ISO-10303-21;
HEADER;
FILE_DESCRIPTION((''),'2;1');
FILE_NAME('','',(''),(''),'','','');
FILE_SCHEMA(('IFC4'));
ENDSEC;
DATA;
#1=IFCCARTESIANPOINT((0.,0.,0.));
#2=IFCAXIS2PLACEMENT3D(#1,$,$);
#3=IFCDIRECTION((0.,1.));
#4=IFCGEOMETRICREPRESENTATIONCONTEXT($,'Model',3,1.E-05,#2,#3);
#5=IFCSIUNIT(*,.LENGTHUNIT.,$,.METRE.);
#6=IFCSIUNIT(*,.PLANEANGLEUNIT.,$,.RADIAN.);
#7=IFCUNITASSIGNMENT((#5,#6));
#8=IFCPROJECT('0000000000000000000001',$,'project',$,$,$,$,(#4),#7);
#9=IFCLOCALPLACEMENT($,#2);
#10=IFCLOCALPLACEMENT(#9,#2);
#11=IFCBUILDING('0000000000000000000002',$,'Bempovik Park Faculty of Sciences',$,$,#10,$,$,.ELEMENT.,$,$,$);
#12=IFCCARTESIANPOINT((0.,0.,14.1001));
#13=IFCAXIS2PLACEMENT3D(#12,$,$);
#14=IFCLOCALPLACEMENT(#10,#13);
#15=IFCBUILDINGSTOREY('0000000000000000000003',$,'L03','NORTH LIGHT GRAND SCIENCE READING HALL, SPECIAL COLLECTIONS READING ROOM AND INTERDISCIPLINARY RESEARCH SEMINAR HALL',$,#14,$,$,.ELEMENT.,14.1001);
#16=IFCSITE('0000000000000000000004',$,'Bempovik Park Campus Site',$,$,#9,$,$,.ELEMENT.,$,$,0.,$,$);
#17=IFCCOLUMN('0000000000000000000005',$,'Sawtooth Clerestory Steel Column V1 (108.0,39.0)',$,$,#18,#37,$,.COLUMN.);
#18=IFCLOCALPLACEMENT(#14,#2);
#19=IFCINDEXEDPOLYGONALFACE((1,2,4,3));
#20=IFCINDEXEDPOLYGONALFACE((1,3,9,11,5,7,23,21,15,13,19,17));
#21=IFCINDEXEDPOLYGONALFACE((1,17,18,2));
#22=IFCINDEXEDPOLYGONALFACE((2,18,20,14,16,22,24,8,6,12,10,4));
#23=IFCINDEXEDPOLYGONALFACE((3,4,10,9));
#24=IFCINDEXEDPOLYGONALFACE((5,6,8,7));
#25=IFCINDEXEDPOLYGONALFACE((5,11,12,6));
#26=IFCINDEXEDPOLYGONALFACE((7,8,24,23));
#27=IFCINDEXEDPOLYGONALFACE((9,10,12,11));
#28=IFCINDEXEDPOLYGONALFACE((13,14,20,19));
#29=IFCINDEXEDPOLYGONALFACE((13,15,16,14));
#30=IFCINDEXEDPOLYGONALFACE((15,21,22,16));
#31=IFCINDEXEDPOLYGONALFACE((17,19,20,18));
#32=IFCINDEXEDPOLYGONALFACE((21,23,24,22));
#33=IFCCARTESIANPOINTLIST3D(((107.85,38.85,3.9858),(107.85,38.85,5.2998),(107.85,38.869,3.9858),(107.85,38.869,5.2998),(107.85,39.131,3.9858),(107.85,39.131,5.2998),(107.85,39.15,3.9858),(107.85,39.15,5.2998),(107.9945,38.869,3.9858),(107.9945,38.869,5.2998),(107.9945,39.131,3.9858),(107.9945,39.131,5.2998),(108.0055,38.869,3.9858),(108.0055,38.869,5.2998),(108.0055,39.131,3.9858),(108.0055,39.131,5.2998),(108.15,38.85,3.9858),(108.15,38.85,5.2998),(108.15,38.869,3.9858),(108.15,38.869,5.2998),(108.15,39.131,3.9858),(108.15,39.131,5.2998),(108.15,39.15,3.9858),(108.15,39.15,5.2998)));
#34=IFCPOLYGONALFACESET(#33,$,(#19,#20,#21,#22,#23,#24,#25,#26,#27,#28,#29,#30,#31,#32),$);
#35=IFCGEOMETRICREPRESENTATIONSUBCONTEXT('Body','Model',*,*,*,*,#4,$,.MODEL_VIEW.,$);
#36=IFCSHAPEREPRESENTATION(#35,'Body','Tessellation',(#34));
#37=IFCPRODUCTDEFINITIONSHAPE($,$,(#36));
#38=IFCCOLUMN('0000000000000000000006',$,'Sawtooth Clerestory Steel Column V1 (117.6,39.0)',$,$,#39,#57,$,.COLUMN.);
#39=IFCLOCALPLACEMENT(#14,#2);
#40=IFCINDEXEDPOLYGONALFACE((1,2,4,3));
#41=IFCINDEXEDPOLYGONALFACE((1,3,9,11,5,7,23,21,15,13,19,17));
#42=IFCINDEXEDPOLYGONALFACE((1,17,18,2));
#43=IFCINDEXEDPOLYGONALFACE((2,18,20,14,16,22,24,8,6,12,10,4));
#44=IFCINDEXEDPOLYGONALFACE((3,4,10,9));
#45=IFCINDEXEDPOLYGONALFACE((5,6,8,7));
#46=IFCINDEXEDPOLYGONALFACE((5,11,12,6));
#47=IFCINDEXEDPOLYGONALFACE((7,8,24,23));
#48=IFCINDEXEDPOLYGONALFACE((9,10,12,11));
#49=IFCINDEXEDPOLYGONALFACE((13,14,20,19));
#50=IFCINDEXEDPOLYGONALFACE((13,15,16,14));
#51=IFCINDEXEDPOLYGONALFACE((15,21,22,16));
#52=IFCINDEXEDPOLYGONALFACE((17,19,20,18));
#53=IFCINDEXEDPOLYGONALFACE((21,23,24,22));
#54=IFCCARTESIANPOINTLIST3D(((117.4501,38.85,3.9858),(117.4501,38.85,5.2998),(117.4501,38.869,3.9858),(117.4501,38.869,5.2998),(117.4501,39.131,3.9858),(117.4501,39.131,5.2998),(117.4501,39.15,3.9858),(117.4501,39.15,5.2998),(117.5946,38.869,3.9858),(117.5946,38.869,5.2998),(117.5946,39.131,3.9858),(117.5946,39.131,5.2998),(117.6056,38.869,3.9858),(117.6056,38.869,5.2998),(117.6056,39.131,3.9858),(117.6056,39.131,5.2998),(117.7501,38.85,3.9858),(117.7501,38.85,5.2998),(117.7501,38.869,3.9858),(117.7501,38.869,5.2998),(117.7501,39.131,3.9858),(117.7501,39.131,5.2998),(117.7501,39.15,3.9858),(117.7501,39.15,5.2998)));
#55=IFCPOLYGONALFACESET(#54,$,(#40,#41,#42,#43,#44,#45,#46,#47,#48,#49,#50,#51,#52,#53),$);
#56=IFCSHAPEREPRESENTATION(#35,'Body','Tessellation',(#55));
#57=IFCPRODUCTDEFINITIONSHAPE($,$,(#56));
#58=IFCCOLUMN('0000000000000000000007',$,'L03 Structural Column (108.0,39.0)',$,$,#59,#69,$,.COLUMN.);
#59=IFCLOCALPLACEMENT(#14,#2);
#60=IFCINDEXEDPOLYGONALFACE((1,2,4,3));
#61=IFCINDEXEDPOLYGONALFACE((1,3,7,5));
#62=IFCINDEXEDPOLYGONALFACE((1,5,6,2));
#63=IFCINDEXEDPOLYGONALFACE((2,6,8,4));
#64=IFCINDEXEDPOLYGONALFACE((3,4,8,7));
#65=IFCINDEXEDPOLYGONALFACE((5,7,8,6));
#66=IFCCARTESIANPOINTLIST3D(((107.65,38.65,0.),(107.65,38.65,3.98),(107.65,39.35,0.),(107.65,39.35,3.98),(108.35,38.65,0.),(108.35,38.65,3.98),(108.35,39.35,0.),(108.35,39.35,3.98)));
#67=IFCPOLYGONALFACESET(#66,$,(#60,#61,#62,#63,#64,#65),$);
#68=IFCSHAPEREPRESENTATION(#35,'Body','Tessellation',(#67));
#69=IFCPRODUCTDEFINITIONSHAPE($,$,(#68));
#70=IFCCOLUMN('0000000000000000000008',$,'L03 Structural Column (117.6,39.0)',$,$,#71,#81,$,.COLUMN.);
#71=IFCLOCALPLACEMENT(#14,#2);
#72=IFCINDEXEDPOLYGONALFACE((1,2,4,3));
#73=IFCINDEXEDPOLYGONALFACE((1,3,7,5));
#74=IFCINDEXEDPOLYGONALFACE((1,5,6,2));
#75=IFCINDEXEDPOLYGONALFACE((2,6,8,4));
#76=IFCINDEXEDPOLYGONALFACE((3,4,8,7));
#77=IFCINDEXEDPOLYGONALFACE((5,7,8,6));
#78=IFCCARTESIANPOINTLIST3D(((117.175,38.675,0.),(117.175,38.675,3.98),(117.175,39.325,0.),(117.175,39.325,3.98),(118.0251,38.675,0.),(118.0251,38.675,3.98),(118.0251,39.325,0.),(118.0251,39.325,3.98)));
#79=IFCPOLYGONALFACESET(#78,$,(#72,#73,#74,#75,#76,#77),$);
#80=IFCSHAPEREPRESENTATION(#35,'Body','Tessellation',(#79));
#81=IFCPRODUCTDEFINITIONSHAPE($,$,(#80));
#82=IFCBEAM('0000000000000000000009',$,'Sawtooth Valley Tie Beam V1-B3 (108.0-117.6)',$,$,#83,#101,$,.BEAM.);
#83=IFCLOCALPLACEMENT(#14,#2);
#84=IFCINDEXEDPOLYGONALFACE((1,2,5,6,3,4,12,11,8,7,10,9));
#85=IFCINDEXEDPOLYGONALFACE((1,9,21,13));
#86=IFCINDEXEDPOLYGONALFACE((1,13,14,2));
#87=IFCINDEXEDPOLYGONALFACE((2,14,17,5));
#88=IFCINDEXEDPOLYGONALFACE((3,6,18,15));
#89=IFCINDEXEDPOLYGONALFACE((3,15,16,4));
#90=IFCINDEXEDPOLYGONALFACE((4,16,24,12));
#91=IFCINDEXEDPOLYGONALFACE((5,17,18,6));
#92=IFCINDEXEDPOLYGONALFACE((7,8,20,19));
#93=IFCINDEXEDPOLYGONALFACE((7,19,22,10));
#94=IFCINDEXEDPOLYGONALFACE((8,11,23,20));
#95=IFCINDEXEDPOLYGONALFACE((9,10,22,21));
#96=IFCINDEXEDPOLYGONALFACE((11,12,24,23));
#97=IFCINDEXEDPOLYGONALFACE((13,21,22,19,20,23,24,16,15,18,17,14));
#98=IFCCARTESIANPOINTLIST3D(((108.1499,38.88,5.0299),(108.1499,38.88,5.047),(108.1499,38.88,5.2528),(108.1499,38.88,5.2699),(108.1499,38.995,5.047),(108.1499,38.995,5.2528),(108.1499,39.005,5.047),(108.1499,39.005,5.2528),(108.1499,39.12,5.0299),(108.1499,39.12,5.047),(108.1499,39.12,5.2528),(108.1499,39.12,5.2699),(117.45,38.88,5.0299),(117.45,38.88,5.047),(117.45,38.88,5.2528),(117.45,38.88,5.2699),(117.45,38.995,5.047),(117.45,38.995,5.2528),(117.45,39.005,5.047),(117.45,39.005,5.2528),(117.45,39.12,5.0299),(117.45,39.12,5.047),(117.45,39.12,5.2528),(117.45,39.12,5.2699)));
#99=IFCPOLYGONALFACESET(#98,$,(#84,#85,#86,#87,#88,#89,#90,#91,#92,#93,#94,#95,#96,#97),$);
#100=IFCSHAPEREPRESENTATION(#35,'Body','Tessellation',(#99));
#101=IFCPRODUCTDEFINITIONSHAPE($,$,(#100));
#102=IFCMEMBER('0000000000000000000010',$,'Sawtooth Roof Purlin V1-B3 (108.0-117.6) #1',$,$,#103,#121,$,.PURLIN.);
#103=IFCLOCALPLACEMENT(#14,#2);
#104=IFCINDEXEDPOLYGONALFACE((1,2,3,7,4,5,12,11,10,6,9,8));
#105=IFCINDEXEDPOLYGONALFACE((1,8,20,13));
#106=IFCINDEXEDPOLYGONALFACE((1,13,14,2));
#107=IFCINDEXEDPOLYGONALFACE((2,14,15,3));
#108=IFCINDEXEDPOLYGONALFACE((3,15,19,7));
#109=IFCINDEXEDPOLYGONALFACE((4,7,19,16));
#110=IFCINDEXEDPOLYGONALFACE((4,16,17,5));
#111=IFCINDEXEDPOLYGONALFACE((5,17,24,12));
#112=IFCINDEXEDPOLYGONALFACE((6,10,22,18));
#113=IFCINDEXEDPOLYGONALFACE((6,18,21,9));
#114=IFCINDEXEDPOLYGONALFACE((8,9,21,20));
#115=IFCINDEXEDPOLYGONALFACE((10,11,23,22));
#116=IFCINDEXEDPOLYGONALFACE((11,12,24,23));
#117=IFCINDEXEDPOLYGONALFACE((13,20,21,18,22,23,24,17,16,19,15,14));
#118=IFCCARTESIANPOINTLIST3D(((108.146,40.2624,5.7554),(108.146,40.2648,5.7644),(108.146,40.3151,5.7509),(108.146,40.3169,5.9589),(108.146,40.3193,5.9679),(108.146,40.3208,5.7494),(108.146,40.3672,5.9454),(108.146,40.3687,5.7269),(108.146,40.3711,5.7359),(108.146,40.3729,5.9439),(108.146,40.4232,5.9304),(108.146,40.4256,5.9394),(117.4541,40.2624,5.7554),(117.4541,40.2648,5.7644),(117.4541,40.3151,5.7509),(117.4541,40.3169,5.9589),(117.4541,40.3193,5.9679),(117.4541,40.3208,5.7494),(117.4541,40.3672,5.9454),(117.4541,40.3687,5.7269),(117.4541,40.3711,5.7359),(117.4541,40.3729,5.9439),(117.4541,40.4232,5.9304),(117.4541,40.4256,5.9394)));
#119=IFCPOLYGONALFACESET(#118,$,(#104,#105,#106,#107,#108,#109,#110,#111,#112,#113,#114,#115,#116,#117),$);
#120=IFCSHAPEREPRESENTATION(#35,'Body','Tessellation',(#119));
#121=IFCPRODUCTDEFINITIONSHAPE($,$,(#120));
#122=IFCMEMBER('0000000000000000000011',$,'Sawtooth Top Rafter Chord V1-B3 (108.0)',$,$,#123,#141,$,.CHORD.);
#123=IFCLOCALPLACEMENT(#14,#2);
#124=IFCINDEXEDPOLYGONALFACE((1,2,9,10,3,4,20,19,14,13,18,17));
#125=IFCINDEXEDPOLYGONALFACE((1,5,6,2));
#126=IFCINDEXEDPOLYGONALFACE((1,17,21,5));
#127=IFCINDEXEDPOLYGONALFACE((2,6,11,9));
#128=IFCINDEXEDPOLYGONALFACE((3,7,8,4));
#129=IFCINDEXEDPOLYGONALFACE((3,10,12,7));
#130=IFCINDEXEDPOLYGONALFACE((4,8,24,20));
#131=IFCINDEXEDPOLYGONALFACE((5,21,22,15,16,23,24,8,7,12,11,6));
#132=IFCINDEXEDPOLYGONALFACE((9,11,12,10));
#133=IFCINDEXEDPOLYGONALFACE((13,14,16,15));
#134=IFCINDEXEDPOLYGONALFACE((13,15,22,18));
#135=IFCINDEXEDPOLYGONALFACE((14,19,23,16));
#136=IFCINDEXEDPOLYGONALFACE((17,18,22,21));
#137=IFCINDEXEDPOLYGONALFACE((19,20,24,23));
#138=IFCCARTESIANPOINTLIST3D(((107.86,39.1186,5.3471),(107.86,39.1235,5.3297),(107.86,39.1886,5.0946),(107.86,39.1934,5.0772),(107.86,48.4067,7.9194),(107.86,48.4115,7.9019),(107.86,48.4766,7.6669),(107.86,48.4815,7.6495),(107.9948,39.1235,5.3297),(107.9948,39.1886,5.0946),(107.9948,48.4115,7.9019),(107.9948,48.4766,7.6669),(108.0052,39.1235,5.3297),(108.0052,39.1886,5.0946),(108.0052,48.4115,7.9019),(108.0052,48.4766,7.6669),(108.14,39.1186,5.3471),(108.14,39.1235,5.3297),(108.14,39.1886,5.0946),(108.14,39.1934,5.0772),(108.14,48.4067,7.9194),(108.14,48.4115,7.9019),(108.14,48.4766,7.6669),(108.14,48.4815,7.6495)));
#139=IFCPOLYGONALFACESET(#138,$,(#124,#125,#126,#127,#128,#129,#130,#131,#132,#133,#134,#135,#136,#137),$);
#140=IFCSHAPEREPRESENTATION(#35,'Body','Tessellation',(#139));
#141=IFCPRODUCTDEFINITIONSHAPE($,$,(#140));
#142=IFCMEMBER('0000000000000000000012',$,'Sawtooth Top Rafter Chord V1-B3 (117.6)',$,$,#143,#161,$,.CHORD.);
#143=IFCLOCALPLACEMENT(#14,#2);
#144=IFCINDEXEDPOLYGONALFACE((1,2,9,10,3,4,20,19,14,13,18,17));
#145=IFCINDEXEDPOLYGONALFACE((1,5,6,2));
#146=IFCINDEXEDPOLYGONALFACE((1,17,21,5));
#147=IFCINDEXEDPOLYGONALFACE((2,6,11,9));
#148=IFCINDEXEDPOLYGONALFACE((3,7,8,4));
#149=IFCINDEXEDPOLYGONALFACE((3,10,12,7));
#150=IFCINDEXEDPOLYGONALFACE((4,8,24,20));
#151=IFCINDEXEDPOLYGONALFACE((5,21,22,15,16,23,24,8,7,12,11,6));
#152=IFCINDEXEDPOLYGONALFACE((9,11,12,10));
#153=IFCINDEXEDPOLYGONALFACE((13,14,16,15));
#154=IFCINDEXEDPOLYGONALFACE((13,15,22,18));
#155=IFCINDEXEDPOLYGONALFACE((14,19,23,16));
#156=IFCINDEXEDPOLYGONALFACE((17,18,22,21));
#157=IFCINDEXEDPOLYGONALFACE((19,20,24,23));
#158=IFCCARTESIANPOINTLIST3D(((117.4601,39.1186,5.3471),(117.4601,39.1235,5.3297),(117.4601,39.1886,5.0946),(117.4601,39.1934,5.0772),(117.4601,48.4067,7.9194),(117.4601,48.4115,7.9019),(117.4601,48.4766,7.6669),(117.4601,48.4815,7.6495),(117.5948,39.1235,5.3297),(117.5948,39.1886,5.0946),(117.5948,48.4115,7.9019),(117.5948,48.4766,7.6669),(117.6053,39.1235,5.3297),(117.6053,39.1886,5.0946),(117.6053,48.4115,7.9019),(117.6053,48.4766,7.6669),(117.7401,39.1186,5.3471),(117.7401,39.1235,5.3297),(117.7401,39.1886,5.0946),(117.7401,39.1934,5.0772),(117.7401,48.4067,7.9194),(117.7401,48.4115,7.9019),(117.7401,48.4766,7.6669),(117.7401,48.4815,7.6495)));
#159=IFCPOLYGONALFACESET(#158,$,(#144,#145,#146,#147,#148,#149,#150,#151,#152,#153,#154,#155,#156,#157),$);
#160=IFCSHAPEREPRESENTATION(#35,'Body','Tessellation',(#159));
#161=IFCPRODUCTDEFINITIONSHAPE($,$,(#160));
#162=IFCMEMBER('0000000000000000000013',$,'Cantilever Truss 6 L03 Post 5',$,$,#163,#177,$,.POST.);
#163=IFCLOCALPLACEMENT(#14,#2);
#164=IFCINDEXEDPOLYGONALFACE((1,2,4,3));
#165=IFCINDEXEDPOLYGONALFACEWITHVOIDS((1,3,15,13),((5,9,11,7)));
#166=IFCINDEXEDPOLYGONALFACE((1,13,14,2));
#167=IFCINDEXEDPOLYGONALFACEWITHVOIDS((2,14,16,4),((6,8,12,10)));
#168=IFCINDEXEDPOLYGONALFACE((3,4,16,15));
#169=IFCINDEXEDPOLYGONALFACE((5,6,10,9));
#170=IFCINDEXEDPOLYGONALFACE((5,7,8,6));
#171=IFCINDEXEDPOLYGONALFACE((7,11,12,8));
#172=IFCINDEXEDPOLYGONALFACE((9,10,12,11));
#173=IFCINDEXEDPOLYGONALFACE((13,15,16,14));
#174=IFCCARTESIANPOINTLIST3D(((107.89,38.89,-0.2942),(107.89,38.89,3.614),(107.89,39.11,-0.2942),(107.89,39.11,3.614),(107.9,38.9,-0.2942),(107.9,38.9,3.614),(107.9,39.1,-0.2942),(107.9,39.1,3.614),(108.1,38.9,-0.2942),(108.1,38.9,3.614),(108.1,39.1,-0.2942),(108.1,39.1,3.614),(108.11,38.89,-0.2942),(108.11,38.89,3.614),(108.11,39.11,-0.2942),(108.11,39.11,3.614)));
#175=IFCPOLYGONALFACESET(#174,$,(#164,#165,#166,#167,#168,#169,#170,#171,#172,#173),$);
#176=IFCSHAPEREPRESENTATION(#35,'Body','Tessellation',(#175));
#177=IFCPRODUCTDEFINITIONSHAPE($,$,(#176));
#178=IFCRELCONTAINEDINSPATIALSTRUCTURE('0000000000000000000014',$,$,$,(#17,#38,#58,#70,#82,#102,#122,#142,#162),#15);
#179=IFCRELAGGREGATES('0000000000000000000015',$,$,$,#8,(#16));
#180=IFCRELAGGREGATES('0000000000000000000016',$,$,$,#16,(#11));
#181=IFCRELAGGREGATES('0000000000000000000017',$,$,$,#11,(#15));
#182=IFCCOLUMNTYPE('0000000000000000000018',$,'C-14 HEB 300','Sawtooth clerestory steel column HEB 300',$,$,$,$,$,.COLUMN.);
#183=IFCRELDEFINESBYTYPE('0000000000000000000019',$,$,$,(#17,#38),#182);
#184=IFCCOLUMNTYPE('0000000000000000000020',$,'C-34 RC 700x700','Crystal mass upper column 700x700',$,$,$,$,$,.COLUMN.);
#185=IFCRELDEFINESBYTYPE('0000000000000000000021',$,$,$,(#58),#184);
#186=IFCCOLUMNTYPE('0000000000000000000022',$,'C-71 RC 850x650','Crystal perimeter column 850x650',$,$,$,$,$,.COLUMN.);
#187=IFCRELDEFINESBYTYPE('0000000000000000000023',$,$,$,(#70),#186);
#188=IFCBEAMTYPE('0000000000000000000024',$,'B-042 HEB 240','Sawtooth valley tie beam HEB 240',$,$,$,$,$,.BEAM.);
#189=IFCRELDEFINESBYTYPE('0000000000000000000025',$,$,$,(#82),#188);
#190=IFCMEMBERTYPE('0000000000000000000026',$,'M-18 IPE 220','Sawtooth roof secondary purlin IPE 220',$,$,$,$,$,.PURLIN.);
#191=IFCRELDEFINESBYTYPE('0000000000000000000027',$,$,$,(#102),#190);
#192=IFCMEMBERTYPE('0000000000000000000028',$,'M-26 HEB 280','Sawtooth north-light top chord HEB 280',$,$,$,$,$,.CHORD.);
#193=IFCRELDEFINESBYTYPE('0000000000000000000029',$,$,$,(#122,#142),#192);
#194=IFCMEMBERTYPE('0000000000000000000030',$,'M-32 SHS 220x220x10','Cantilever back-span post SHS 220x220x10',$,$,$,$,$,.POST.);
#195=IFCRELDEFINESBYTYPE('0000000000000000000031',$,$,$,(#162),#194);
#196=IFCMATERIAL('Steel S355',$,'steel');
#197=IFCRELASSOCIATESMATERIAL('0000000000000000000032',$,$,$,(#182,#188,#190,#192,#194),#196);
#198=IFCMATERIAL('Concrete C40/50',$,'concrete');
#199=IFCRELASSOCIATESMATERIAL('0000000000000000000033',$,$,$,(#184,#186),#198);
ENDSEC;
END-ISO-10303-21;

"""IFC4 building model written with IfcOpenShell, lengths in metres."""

from ifc_helpers import new_model, si_unit, direction, frame, origin, origin_2d, place, context, subcontext, project, spatial, rectangle, hollow_rectangle, i_section, extrude, material, material_profile, profile_set, type_object, element, save


model = new_model("IFC4")

# Units and contexts
model_context = context("Model", 3, precision=1e-05, world=origin(), true_north=direction((0.0, 1.0)))
body_context = subcontext(model_context, "Body", "Model", "MODEL_VIEW")
ifc_project = project(units=[si_unit("LENGTHUNIT", "METRE"), si_unit("PLANEANGLEUNIT", "RADIAN")], contexts=[model_context])

# Site, building, storey
site_placement = place(None, origin())
site = spatial("IfcSite", under=ifc_project, at=site_placement, Name="Bempovik Park Campus Site", CompositionType="ELEMENT", RefElevation=0.0)
building_placement = place(site_placement, origin())
building = spatial("IfcBuilding", under=site, at=building_placement, Name="Bempovik Park Faculty of Sciences", CompositionType="ELEMENT")
storey_placement = place(building_placement, frame((0.0, 0.0, 14.1001)))
storey = spatial("IfcBuildingStorey", under=building, at=storey_placement, Name="L03", Description="NORTH LIGHT GRAND SCIENCE READING HALL, SPECIAL COLLECTIONS READING ROOM AND INTERDISCIPLINARY RESEARCH SEMINAR HALL", CompositionType="ELEMENT", Elevation=14.1001)

# Columns
ifc_material_1 = material(Name="Steel S355", Category="steel")
ifc_material_profile_1 = material_profile(ifc_material_1, i_section(OverallWidth=0.3, OverallDepth=0.3, WebThickness=0.011, FlangeThickness=0.019, at=origin_2d()), Name="HEB 300")
ifc_profile_set_1 = profile_set([ifc_material_profile_1], Name="Steel S355")
column_type_1 = type_object("IfcColumnType", Name="C-14 HEB 300", Description="Sawtooth clerestory steel column HEB 300", PredefinedType="COLUMN", material=ifc_profile_set_1)
for number, where, z_axis, x_axis, name in (
    (1, (108.0, 39.0, 3.9858), (0.0, 0.0, 1.0), (1.0, 0.0, 0.0), "Sawtooth Clerestory Steel Column V1 (108.0,39.0)"),
    (2, (117.6001, 39.0, 3.9858), (0.0, 0.0, 1.0), (1.0, 0.0, 0.0), "Sawtooth Clerestory Steel Column V1 (117.6,39.0)"),
):
    element("IfcColumn", number, at=place(storey_placement, frame(where, z_axis=z_axis, x_axis=x_axis)), inside=storey, type_object=column_type_1, Name=name, PredefinedType="COLUMN", context=body_context, shape_type="SweptSolid", body=[
        extrude(i_section(OverallWidth=0.3, OverallDepth=0.3, WebThickness=0.011, FlangeThickness=0.019, at=origin_2d()), origin(), (0.0, 0.0, 1.0), 1.314),
    ])
ifc_material_2 = material(Name="Concrete C40/50", Category="concrete")
ifc_material_profile_2 = material_profile(ifc_material_2, rectangle(XDim=0.7, YDim=0.7, at=origin_2d()), Name="RC 700x700")
ifc_profile_set_2 = profile_set([ifc_material_profile_2], Name="Concrete C40/50")
column_type_2 = type_object("IfcColumnType", Name="C-34 RC 700x700", Description="Crystal mass upper column 700x700", PredefinedType="COLUMN", material=ifc_profile_set_2)
column_1_placement = place(storey_placement, frame((108.0, 39.0, 0.0), z_axis=(0.0, 0.0, 1.0), x_axis=(1.0, 0.0, 0.0)))
element("IfcColumn", 3, at=column_1_placement, inside=storey, type_object=column_type_2, Name="L03 Structural Column (108.0,39.0)", PredefinedType="COLUMN", context=body_context, shape_type="SweptSolid", body=[
    extrude(rectangle(XDim=0.7, YDim=0.7, at=origin_2d()), origin(), (0.0, 0.0, 1.0), 3.98),
])
ifc_material_profile_3 = material_profile(ifc_material_2, rectangle(XDim=0.8501, YDim=0.6499, at=origin_2d()), Name="RC 850x650")
ifc_profile_set_3 = profile_set([ifc_material_profile_3], Name="Concrete C40/50")
column_type_3 = type_object("IfcColumnType", Name="C-71 RC 850x650", Description="Crystal perimeter column 850x650", PredefinedType="COLUMN", material=ifc_profile_set_3)
column_2_placement = place(storey_placement, frame((117.6001, 39.0, 0.0), z_axis=(0.0, 0.0, 1.0), x_axis=(1.0, 0.0, 0.0)))
element("IfcColumn", 4, at=column_2_placement, inside=storey, type_object=column_type_3, Name="L03 Structural Column (117.6,39.0)", PredefinedType="COLUMN", context=body_context, shape_type="SweptSolid", body=[
    extrude(rectangle(XDim=0.8501, YDim=0.6499, at=origin_2d()), origin(), (0.0, 0.0, 1.0), 3.98),
])

# Beam
ifc_material_profile_4 = material_profile(ifc_material_1, i_section(OverallWidth=0.24, OverallDepth=0.24, WebThickness=0.01, FlangeThickness=0.0171, at=origin_2d()), Name="HEB 240")
ifc_profile_set_4 = profile_set([ifc_material_profile_4], Name="Steel S355")
beam_type = type_object("IfcBeamType", Name="B-042 HEB 240", Description="Sawtooth valley tie beam HEB 240", PredefinedType="BEAM", material=ifc_profile_set_4)
beam_placement = place(storey_placement, frame((108.1499, 39.0, 5.1499), z_axis=(1.0, 0.0, 0.0), x_axis=(0.0, 1.0, 0.0)))
element("IfcBeam", 5, at=beam_placement, inside=storey, type_object=beam_type, Name="Sawtooth Valley Tie Beam V1-B3 (108.0-117.6)", PredefinedType="BEAM", context=body_context, shape_type="SweptSolid", body=[
    extrude(i_section(OverallWidth=0.24, OverallDepth=0.24, WebThickness=0.01, FlangeThickness=0.0171, at=origin_2d()), origin(), (0.0, 0.0, 1.0), 9.3),
])

# Members
ifc_material_profile_5 = material_profile(ifc_material_1, i_section(OverallWidth=0.1101, OverallDepth=0.22, WebThickness=0.0059, FlangeThickness=0.0093, at=origin_2d()), Name="IPE 220")
ifc_profile_set_5 = profile_set([ifc_material_profile_5], Name="Steel S355")
member_type_1 = type_object("IfcMemberType", Name="M-18 IPE 220", Description="Sawtooth roof secondary purlin IPE 220", PredefinedType="PURLIN", material=ifc_profile_set_5)
member_1_placement = place(storey_placement, frame((108.146, 40.344, 5.8474), z_axis=(1.0, 0.0, 0.0), x_axis=(0.0, 0.965926, -0.258819)))
element("IfcMember", 6, at=member_1_placement, inside=storey, type_object=member_type_1, Name="Sawtooth Roof Purlin V1-B3 (108.0-117.6) #1", PredefinedType="PURLIN", context=body_context, shape_type="SweptSolid", body=[
    extrude(i_section(OverallWidth=0.1101, OverallDepth=0.22, WebThickness=0.0059, FlangeThickness=0.0093, at=origin_2d()), origin(), (0.0, 0.0, 1.0), 9.3081),
])
ifc_material_profile_6 = material_profile(ifc_material_1, i_section(OverallWidth=0.28, OverallDepth=0.28, WebThickness=0.0105, FlangeThickness=0.0181, at=origin_2d()), Name="HEB 280")
ifc_profile_set_6 = profile_set([ifc_material_profile_6], Name="Steel S355")
member_type_2 = type_object("IfcMemberType", Name="M-26 HEB 280", Description="Sawtooth north-light top chord HEB 280", PredefinedType="CHORD", material=ifc_profile_set_6)
for number, where, z_axis, x_axis, name in (
    (7, (108.0, 39.156, 5.2122), (0.0, 0.963725, 0.266896), (-1.0, 0.0, 0.0), "Sawtooth Top Rafter Chord V1-B3 (108.0)"),
    (8, (117.6001, 39.156, 5.2122), (0.0, 0.963725, 0.266896), (-1.0, 0.0, 0.0), "Sawtooth Top Rafter Chord V1-B3 (117.6)"),
):
    element("IfcMember", number, at=place(storey_placement, frame(where, z_axis=z_axis, x_axis=x_axis)), inside=storey, type_object=member_type_2, Name=name, PredefinedType="CHORD", context=body_context, shape_type="SweptSolid", body=[
        extrude(i_section(OverallWidth=0.28, OverallDepth=0.28, WebThickness=0.0105, FlangeThickness=0.0181, at=origin_2d()), origin(), (0.0, 0.0, 1.0), 9.6377),
    ])
ifc_material_profile_7 = material_profile(ifc_material_1, hollow_rectangle(XDim=0.22, YDim=0.22, WallThickness=0.01, at=origin_2d()), Name="SHS 220x220x10")
ifc_profile_set_7 = profile_set([ifc_material_profile_7], Name="Steel S355")
member_type_3 = type_object("IfcMemberType", Name="M-32 SHS 220x220x10", Description="Cantilever back-span post SHS 220x220x10", PredefinedType="POST", material=ifc_profile_set_7)
for number, where, z_axis, x_axis, name in (
    (9, (108.0, 39.0, -0.2942), (0.0, 0.0, 1.0), (1.0, 0.0, 0.0), "Cantilever Truss 6 L03 Post 5"),
):
    element("IfcMember", number, at=place(storey_placement, frame(where, z_axis=z_axis, x_axis=x_axis)), inside=storey, type_object=member_type_3, Name=name, PredefinedType="POST", context=body_context, shape_type="SweptSolid", body=[
        extrude(hollow_rectangle(XDim=0.22, YDim=0.22, WallThickness=0.01, at=origin_2d()), origin(), (0.0, 0.0, 1.0), 3.9082),
    ])

save(model, "model.ifc")
